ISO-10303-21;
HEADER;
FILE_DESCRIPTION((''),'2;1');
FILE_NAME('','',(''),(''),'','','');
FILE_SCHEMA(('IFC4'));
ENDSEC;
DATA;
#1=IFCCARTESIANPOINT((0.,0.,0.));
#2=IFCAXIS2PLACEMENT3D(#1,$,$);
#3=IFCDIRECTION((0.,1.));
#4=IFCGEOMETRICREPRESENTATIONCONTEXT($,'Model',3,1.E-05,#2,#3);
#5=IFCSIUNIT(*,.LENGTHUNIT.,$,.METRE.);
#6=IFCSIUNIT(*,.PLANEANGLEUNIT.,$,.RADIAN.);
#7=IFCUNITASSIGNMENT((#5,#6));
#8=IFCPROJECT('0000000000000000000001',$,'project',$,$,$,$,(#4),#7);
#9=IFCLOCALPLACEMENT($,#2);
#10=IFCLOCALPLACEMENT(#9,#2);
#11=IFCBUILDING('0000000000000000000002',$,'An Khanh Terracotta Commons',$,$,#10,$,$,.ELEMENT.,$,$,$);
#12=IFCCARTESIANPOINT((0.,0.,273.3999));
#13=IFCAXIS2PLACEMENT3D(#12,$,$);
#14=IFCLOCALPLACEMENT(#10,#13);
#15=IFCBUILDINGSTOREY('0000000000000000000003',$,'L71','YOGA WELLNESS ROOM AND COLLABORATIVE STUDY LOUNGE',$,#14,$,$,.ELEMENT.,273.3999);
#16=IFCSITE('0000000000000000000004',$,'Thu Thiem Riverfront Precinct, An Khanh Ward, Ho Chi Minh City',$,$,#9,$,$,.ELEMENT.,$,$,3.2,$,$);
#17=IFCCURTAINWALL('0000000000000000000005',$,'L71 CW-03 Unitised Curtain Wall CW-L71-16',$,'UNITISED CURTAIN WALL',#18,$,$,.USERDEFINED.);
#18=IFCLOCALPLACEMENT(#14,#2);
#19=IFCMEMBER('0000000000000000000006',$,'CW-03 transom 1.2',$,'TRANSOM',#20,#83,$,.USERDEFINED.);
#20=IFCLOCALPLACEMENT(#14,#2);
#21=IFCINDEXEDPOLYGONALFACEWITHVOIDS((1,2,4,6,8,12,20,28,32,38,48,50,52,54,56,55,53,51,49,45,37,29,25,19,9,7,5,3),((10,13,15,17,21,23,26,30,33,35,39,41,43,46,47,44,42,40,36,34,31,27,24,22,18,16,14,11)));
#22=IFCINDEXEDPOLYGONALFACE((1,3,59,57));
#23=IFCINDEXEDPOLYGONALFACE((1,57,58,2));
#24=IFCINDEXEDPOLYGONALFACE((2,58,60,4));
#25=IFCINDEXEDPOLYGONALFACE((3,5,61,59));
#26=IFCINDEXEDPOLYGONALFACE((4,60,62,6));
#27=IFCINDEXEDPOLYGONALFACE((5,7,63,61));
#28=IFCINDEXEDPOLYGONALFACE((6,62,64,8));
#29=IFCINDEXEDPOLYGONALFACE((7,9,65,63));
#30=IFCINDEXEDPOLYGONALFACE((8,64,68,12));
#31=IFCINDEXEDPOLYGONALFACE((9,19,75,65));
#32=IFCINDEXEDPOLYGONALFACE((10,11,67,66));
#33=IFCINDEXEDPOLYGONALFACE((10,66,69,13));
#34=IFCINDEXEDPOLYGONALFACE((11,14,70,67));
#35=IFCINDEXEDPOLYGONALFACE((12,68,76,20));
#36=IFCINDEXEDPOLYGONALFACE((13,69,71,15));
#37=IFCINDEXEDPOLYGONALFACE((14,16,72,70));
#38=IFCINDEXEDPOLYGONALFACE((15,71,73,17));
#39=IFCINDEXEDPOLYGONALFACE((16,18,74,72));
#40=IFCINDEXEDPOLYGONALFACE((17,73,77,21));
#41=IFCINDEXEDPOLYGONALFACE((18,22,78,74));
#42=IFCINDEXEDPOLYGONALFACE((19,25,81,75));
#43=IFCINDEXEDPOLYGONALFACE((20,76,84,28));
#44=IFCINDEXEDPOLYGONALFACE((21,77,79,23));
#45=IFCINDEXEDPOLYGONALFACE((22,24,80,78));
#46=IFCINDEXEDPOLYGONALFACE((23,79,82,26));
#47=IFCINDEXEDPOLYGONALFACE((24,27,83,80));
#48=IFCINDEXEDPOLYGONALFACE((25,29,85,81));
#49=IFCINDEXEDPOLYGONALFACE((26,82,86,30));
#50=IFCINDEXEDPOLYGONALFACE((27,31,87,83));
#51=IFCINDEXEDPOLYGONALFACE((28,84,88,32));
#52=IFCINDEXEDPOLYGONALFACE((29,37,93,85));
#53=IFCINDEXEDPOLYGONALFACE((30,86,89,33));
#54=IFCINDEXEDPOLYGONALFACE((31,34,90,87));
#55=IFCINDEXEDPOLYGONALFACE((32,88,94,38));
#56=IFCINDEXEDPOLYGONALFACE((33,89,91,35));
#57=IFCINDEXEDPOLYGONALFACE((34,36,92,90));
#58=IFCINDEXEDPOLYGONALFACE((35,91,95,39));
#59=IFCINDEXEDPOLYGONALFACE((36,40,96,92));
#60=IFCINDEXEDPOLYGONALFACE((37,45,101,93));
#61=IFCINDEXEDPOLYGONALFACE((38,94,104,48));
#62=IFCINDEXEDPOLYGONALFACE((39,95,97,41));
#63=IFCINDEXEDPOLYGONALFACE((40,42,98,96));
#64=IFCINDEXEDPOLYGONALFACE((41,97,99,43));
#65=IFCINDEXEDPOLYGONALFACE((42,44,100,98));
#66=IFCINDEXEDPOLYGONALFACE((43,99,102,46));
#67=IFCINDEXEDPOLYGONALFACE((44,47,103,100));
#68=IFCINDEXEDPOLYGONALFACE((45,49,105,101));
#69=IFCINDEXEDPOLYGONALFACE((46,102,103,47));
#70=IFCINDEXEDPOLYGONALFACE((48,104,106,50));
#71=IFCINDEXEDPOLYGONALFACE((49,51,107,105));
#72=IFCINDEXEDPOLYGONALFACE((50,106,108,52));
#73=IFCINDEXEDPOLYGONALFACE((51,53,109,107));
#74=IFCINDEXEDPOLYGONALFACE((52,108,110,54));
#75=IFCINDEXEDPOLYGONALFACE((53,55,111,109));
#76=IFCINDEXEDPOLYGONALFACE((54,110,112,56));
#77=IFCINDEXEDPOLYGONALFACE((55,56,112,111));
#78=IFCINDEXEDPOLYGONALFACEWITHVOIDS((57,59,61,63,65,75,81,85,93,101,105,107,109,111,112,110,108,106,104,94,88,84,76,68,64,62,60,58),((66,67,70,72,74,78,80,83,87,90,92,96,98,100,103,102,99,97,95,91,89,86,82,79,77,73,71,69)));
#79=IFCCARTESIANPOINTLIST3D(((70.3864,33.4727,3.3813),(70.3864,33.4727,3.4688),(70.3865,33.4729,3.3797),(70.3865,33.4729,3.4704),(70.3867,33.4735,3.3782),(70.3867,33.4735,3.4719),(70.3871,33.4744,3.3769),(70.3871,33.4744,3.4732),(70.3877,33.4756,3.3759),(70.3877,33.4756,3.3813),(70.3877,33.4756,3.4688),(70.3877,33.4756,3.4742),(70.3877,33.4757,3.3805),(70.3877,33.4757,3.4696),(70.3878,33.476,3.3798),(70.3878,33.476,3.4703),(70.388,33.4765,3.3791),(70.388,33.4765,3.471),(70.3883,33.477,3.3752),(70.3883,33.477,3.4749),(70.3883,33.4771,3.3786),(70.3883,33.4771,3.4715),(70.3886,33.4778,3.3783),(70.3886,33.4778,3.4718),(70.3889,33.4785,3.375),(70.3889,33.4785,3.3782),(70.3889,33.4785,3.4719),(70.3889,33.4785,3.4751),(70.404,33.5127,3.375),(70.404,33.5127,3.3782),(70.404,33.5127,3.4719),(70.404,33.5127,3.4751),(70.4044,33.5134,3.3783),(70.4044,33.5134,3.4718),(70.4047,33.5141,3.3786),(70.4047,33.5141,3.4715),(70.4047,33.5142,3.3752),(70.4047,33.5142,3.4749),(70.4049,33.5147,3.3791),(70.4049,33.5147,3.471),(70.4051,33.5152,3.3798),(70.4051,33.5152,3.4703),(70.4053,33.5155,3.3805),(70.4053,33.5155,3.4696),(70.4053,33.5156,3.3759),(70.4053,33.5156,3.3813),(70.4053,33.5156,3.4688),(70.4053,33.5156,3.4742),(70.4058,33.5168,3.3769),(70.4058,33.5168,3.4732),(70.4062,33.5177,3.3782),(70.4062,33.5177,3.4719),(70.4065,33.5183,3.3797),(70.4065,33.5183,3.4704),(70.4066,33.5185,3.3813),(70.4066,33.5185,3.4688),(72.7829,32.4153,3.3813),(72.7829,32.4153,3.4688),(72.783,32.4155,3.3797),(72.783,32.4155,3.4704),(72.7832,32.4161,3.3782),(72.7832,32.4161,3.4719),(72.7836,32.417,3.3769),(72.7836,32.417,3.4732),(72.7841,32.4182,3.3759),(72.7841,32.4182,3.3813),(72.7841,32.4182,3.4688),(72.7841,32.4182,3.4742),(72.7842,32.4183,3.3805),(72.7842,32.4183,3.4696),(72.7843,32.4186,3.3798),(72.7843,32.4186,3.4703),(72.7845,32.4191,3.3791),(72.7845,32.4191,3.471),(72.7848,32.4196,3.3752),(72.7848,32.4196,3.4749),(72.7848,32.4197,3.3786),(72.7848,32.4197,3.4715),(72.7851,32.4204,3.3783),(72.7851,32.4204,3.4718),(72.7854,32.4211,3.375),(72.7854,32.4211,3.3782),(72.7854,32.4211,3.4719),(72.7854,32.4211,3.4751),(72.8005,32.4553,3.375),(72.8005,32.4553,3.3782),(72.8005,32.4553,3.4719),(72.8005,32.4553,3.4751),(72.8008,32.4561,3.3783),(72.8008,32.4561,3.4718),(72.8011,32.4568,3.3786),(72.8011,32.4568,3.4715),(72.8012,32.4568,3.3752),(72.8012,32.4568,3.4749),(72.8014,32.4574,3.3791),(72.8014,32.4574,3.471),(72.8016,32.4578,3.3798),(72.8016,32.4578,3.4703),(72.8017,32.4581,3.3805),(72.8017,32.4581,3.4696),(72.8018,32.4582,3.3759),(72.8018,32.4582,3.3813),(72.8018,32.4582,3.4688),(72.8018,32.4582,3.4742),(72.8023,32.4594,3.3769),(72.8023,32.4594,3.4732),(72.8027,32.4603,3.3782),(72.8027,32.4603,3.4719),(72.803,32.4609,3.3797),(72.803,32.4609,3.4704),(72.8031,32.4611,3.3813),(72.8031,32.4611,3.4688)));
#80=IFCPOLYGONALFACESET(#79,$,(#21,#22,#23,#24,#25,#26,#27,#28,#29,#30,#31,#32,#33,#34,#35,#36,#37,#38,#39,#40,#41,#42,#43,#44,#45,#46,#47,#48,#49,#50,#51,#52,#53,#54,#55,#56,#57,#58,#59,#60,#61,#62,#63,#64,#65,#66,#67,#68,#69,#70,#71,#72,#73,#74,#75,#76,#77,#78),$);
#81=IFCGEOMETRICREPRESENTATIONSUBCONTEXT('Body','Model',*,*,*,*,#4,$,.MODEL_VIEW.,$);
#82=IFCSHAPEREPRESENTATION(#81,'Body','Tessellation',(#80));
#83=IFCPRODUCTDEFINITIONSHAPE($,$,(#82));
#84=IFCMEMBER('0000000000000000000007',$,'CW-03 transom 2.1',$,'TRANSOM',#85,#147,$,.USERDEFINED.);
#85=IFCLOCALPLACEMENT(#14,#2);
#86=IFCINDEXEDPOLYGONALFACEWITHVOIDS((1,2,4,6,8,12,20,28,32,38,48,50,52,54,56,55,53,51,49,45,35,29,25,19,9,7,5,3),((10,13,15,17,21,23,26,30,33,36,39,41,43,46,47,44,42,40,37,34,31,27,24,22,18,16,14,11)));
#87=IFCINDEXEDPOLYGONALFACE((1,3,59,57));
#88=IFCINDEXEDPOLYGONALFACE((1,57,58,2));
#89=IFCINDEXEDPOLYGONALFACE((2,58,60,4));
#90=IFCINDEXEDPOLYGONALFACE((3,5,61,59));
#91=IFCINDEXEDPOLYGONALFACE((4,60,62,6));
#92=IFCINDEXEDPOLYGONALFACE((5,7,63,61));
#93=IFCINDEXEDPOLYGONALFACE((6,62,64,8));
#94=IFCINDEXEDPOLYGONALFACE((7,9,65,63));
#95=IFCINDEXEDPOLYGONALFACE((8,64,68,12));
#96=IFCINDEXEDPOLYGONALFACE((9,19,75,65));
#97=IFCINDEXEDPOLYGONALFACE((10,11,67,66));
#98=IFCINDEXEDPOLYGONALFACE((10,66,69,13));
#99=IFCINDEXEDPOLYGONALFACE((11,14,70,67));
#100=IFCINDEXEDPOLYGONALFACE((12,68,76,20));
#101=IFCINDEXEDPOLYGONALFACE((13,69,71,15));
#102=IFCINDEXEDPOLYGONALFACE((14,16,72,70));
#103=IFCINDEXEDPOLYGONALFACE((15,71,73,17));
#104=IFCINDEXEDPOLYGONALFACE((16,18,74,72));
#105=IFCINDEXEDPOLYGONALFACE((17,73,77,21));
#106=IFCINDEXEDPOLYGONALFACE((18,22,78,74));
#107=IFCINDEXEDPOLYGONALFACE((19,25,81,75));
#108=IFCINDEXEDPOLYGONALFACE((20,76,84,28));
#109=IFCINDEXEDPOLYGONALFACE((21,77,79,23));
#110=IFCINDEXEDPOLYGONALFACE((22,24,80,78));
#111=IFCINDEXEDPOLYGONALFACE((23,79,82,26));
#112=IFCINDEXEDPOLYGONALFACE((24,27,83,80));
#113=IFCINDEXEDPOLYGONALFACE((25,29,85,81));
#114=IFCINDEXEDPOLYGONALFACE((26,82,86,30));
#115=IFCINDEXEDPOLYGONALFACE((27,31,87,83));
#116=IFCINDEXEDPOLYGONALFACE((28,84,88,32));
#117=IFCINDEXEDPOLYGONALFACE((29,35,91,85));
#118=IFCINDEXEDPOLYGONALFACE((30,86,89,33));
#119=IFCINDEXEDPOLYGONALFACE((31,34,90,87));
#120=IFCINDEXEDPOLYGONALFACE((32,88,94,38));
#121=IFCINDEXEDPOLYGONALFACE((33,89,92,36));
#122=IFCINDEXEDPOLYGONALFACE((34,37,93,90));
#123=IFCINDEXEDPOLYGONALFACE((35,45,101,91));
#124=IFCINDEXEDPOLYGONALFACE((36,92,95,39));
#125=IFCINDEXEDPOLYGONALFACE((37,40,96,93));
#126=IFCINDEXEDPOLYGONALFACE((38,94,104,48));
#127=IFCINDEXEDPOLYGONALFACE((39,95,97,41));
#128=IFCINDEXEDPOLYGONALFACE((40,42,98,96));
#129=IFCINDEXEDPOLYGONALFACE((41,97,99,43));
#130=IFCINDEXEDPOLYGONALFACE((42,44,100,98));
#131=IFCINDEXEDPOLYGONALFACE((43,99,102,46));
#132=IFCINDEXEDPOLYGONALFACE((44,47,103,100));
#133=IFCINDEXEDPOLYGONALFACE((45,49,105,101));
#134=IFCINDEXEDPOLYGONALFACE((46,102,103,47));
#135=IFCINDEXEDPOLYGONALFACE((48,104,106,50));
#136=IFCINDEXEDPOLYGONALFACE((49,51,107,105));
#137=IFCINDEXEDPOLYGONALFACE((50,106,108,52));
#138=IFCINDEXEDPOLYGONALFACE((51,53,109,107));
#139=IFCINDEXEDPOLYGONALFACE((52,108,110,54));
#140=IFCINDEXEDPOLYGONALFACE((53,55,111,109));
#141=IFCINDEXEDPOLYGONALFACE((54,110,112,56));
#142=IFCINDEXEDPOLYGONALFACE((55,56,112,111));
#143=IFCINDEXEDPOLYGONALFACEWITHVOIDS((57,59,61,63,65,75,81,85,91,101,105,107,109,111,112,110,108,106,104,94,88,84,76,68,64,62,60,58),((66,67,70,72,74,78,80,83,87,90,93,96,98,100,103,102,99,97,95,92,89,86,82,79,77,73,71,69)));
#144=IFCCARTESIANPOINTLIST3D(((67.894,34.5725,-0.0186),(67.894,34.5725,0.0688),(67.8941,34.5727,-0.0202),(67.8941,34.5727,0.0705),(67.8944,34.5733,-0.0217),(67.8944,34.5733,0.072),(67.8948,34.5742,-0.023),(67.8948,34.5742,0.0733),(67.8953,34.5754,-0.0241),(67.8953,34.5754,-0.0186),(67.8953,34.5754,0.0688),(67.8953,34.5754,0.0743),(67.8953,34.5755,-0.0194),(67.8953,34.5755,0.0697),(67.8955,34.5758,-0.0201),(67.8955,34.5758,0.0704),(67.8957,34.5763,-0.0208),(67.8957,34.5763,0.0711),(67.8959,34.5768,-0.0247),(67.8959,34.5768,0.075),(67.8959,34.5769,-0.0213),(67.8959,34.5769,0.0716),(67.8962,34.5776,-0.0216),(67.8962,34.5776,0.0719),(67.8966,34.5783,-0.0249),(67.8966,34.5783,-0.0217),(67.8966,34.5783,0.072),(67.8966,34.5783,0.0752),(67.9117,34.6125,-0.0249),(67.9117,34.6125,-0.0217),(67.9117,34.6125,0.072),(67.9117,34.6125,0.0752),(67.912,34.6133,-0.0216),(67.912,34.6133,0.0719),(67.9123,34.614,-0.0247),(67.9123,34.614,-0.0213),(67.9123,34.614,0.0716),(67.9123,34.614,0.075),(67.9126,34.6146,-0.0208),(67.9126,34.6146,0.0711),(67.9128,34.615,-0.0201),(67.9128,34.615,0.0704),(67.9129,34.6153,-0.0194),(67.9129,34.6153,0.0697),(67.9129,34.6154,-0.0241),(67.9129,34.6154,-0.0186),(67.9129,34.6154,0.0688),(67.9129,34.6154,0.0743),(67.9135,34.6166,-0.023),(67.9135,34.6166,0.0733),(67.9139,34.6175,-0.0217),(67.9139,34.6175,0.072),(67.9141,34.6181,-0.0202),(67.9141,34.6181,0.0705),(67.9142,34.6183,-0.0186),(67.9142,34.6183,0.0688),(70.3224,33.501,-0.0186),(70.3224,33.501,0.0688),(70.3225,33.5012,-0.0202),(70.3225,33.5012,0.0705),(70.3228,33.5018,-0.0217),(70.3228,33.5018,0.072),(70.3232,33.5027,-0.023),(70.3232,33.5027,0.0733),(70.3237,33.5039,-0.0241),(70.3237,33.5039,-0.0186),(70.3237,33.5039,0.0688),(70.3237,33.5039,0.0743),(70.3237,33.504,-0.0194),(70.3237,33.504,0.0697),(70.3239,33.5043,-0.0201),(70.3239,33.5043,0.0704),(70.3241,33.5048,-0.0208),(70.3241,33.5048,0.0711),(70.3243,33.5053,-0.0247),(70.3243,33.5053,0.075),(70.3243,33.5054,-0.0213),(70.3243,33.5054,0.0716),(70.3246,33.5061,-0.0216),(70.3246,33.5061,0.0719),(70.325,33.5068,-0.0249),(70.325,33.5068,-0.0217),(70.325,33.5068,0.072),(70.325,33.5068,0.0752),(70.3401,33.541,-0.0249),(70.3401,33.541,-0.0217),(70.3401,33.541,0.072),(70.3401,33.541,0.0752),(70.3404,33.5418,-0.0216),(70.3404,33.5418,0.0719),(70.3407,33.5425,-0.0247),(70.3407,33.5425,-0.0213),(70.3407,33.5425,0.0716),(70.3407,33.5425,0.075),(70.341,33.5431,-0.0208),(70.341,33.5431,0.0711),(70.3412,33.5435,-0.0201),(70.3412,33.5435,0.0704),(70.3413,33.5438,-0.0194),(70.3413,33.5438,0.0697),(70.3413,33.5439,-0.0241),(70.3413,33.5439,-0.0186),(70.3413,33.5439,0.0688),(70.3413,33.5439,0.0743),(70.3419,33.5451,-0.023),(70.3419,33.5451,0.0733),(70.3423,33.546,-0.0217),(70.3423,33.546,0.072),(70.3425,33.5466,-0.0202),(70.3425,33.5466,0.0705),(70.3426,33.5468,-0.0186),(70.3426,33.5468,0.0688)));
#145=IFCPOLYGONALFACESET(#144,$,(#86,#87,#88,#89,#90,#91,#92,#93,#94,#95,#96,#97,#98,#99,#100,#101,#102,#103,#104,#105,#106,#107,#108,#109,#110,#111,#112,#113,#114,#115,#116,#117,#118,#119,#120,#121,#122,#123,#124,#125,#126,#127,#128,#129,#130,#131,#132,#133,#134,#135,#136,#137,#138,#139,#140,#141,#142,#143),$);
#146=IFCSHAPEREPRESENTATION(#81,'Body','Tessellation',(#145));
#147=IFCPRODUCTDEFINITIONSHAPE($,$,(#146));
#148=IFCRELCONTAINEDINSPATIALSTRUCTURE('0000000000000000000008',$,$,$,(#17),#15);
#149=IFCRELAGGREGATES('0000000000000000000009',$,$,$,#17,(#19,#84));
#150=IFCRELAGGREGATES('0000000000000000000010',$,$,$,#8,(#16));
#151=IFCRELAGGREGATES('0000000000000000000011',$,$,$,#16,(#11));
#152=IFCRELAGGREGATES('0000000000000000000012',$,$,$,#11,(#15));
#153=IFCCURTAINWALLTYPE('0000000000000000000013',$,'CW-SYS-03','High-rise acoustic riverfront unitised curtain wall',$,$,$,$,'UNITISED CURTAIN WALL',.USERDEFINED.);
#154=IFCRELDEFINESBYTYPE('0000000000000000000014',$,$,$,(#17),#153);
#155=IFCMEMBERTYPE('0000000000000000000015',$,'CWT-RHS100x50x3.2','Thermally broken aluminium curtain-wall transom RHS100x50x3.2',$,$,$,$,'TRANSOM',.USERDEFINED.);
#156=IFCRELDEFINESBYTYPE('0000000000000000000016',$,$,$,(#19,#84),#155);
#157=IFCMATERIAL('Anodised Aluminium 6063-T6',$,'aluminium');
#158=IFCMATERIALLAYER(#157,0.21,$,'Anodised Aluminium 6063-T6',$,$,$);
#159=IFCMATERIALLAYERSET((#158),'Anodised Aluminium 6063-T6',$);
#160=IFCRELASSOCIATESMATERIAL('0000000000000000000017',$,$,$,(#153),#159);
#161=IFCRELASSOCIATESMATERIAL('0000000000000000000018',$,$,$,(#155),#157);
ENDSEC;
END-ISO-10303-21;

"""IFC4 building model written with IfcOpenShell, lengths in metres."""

from ifc_helpers import new_model, si_unit, direction, frame, origin, origin_2d, place, context, subcontext, project, spatial, hollow_rectangle, extrude, material, layer, layer_set, material_profile, profile_set, type_object, element, aggregate, save


model = new_model("IFC4")

# Units and contexts
model_context = context("Model", 3, precision=1e-05, world=origin(), true_north=direction((0.0, 1.0)))
body_context = subcontext(model_context, "Body", "Model", "MODEL_VIEW")
ifc_project = project(units=[si_unit("LENGTHUNIT", "METRE"), si_unit("PLANEANGLEUNIT", "RADIAN")], contexts=[model_context])

# Site, building, storey
site_placement = place(None, origin())
site = spatial("IfcSite", under=ifc_project, at=site_placement, Name="Thu Thiem Riverfront Precinct, An Khanh Ward, Ho Chi Minh City", CompositionType="ELEMENT", RefElevation=3.2)
building_placement = place(site_placement, origin())
building = spatial("IfcBuilding", under=site, at=building_placement, Name="An Khanh Terracotta Commons", CompositionType="ELEMENT")
storey_placement = place(building_placement, frame((0.0, 0.0, 273.3999)))
storey = spatial("IfcBuildingStorey", under=building, at=storey_placement, Name="L71", Description="YOGA WELLNESS ROOM AND COLLABORATIVE STUDY LOUNGE", CompositionType="ELEMENT", Elevation=273.3999)

# Curtain wall
ifc_material_1 = material(Name="Anodised Aluminium 6063-T6", Category="aluminium")
ifc_layer_1 = layer(ifc_material_1, 0.21, Name="Anodised Aluminium 6063-T6")
ifc_layer_set_1 = layer_set([ifc_layer_1], Name="Anodised Aluminium 6063-T6")
curtain_wall_type = type_object("IfcCurtainWallType", Name="CW-SYS-03", Description="High-rise acoustic riverfront unitised curtain wall", ElementType="UNITISED CURTAIN WALL", PredefinedType="USERDEFINED", material=ifc_layer_set_1)
curtain_wall_1_placement = place(storey_placement, origin())
curtain_wall_1 = element("IfcCurtainWall", 1, at=curtain_wall_1_placement, inside=storey, type_object=curtain_wall_type, Name="L71 CW-03 Unitised Curtain Wall CW-L71-16", ObjectType="UNITISED CURTAIN WALL", PredefinedType="USERDEFINED")

# Members
ifc_material_profile_1 = material_profile(ifc_material_1, hollow_rectangle(XDim=0.05, YDim=0.1001, WallThickness=0.0032, InnerFilletRadius=0.0032, OuterFilletRadius=0.0063, at=origin_2d()), Name="RHS100x50x3.2")
ifc_profile_set_1 = profile_set([ifc_material_profile_1], Name="Anodised Aluminium 6063-T6")
member_type_1 = type_object("IfcMemberType", Name="CWT-RHS100x50x3.2", Description="Thermally broken aluminium curtain-wall transom RHS100x50x3.2", ElementType="TRANSOM", PredefinedType="USERDEFINED", material=ifc_profile_set_1)
member_1_placement = place(storey_placement, frame((72.793, 32.4382, 3.425), z_axis=(-0.914904, 0.403672, 0.0), x_axis=(-0.403672, -0.914904, 0.0)))
member_1 = element("IfcMember", 2, at=member_1_placement, type_object=member_type_1, Name="CW-03 transom 1.2", ObjectType="TRANSOM", PredefinedType="USERDEFINED", context=body_context, shape_type="SweptSolid", body=[
    extrude(hollow_rectangle(XDim=0.05, YDim=0.1001, WallThickness=0.0032, InnerFilletRadius=0.0032, OuterFilletRadius=0.0063, at=origin_2d()), origin(), (0.0, 0.0, 1.0), 2.6194),
])
member_2_placement = place(storey_placement, frame((70.3325, 33.5239, 0.0251), z_axis=(-0.914897, 0.403688, 0.0), x_axis=(-0.403688, -0.914897, 0.0)))
member_2 = element("IfcMember", 3, at=member_2_placement, type_object=member_type_1, Name="CW-03 transom 2.1", ObjectType="TRANSOM", PredefinedType="USERDEFINED", context=body_context, shape_type="SweptSolid", body=[
    extrude(hollow_rectangle(XDim=0.05, YDim=0.1001, WallThickness=0.0032, InnerFilletRadius=0.0032, OuterFilletRadius=0.0063, at=origin_2d()), origin(), (0.0, 0.0, 1.0), 2.6543),
])

aggregate(curtain_wall_1, [member_1, member_2])

save(model, "model.ifc")
